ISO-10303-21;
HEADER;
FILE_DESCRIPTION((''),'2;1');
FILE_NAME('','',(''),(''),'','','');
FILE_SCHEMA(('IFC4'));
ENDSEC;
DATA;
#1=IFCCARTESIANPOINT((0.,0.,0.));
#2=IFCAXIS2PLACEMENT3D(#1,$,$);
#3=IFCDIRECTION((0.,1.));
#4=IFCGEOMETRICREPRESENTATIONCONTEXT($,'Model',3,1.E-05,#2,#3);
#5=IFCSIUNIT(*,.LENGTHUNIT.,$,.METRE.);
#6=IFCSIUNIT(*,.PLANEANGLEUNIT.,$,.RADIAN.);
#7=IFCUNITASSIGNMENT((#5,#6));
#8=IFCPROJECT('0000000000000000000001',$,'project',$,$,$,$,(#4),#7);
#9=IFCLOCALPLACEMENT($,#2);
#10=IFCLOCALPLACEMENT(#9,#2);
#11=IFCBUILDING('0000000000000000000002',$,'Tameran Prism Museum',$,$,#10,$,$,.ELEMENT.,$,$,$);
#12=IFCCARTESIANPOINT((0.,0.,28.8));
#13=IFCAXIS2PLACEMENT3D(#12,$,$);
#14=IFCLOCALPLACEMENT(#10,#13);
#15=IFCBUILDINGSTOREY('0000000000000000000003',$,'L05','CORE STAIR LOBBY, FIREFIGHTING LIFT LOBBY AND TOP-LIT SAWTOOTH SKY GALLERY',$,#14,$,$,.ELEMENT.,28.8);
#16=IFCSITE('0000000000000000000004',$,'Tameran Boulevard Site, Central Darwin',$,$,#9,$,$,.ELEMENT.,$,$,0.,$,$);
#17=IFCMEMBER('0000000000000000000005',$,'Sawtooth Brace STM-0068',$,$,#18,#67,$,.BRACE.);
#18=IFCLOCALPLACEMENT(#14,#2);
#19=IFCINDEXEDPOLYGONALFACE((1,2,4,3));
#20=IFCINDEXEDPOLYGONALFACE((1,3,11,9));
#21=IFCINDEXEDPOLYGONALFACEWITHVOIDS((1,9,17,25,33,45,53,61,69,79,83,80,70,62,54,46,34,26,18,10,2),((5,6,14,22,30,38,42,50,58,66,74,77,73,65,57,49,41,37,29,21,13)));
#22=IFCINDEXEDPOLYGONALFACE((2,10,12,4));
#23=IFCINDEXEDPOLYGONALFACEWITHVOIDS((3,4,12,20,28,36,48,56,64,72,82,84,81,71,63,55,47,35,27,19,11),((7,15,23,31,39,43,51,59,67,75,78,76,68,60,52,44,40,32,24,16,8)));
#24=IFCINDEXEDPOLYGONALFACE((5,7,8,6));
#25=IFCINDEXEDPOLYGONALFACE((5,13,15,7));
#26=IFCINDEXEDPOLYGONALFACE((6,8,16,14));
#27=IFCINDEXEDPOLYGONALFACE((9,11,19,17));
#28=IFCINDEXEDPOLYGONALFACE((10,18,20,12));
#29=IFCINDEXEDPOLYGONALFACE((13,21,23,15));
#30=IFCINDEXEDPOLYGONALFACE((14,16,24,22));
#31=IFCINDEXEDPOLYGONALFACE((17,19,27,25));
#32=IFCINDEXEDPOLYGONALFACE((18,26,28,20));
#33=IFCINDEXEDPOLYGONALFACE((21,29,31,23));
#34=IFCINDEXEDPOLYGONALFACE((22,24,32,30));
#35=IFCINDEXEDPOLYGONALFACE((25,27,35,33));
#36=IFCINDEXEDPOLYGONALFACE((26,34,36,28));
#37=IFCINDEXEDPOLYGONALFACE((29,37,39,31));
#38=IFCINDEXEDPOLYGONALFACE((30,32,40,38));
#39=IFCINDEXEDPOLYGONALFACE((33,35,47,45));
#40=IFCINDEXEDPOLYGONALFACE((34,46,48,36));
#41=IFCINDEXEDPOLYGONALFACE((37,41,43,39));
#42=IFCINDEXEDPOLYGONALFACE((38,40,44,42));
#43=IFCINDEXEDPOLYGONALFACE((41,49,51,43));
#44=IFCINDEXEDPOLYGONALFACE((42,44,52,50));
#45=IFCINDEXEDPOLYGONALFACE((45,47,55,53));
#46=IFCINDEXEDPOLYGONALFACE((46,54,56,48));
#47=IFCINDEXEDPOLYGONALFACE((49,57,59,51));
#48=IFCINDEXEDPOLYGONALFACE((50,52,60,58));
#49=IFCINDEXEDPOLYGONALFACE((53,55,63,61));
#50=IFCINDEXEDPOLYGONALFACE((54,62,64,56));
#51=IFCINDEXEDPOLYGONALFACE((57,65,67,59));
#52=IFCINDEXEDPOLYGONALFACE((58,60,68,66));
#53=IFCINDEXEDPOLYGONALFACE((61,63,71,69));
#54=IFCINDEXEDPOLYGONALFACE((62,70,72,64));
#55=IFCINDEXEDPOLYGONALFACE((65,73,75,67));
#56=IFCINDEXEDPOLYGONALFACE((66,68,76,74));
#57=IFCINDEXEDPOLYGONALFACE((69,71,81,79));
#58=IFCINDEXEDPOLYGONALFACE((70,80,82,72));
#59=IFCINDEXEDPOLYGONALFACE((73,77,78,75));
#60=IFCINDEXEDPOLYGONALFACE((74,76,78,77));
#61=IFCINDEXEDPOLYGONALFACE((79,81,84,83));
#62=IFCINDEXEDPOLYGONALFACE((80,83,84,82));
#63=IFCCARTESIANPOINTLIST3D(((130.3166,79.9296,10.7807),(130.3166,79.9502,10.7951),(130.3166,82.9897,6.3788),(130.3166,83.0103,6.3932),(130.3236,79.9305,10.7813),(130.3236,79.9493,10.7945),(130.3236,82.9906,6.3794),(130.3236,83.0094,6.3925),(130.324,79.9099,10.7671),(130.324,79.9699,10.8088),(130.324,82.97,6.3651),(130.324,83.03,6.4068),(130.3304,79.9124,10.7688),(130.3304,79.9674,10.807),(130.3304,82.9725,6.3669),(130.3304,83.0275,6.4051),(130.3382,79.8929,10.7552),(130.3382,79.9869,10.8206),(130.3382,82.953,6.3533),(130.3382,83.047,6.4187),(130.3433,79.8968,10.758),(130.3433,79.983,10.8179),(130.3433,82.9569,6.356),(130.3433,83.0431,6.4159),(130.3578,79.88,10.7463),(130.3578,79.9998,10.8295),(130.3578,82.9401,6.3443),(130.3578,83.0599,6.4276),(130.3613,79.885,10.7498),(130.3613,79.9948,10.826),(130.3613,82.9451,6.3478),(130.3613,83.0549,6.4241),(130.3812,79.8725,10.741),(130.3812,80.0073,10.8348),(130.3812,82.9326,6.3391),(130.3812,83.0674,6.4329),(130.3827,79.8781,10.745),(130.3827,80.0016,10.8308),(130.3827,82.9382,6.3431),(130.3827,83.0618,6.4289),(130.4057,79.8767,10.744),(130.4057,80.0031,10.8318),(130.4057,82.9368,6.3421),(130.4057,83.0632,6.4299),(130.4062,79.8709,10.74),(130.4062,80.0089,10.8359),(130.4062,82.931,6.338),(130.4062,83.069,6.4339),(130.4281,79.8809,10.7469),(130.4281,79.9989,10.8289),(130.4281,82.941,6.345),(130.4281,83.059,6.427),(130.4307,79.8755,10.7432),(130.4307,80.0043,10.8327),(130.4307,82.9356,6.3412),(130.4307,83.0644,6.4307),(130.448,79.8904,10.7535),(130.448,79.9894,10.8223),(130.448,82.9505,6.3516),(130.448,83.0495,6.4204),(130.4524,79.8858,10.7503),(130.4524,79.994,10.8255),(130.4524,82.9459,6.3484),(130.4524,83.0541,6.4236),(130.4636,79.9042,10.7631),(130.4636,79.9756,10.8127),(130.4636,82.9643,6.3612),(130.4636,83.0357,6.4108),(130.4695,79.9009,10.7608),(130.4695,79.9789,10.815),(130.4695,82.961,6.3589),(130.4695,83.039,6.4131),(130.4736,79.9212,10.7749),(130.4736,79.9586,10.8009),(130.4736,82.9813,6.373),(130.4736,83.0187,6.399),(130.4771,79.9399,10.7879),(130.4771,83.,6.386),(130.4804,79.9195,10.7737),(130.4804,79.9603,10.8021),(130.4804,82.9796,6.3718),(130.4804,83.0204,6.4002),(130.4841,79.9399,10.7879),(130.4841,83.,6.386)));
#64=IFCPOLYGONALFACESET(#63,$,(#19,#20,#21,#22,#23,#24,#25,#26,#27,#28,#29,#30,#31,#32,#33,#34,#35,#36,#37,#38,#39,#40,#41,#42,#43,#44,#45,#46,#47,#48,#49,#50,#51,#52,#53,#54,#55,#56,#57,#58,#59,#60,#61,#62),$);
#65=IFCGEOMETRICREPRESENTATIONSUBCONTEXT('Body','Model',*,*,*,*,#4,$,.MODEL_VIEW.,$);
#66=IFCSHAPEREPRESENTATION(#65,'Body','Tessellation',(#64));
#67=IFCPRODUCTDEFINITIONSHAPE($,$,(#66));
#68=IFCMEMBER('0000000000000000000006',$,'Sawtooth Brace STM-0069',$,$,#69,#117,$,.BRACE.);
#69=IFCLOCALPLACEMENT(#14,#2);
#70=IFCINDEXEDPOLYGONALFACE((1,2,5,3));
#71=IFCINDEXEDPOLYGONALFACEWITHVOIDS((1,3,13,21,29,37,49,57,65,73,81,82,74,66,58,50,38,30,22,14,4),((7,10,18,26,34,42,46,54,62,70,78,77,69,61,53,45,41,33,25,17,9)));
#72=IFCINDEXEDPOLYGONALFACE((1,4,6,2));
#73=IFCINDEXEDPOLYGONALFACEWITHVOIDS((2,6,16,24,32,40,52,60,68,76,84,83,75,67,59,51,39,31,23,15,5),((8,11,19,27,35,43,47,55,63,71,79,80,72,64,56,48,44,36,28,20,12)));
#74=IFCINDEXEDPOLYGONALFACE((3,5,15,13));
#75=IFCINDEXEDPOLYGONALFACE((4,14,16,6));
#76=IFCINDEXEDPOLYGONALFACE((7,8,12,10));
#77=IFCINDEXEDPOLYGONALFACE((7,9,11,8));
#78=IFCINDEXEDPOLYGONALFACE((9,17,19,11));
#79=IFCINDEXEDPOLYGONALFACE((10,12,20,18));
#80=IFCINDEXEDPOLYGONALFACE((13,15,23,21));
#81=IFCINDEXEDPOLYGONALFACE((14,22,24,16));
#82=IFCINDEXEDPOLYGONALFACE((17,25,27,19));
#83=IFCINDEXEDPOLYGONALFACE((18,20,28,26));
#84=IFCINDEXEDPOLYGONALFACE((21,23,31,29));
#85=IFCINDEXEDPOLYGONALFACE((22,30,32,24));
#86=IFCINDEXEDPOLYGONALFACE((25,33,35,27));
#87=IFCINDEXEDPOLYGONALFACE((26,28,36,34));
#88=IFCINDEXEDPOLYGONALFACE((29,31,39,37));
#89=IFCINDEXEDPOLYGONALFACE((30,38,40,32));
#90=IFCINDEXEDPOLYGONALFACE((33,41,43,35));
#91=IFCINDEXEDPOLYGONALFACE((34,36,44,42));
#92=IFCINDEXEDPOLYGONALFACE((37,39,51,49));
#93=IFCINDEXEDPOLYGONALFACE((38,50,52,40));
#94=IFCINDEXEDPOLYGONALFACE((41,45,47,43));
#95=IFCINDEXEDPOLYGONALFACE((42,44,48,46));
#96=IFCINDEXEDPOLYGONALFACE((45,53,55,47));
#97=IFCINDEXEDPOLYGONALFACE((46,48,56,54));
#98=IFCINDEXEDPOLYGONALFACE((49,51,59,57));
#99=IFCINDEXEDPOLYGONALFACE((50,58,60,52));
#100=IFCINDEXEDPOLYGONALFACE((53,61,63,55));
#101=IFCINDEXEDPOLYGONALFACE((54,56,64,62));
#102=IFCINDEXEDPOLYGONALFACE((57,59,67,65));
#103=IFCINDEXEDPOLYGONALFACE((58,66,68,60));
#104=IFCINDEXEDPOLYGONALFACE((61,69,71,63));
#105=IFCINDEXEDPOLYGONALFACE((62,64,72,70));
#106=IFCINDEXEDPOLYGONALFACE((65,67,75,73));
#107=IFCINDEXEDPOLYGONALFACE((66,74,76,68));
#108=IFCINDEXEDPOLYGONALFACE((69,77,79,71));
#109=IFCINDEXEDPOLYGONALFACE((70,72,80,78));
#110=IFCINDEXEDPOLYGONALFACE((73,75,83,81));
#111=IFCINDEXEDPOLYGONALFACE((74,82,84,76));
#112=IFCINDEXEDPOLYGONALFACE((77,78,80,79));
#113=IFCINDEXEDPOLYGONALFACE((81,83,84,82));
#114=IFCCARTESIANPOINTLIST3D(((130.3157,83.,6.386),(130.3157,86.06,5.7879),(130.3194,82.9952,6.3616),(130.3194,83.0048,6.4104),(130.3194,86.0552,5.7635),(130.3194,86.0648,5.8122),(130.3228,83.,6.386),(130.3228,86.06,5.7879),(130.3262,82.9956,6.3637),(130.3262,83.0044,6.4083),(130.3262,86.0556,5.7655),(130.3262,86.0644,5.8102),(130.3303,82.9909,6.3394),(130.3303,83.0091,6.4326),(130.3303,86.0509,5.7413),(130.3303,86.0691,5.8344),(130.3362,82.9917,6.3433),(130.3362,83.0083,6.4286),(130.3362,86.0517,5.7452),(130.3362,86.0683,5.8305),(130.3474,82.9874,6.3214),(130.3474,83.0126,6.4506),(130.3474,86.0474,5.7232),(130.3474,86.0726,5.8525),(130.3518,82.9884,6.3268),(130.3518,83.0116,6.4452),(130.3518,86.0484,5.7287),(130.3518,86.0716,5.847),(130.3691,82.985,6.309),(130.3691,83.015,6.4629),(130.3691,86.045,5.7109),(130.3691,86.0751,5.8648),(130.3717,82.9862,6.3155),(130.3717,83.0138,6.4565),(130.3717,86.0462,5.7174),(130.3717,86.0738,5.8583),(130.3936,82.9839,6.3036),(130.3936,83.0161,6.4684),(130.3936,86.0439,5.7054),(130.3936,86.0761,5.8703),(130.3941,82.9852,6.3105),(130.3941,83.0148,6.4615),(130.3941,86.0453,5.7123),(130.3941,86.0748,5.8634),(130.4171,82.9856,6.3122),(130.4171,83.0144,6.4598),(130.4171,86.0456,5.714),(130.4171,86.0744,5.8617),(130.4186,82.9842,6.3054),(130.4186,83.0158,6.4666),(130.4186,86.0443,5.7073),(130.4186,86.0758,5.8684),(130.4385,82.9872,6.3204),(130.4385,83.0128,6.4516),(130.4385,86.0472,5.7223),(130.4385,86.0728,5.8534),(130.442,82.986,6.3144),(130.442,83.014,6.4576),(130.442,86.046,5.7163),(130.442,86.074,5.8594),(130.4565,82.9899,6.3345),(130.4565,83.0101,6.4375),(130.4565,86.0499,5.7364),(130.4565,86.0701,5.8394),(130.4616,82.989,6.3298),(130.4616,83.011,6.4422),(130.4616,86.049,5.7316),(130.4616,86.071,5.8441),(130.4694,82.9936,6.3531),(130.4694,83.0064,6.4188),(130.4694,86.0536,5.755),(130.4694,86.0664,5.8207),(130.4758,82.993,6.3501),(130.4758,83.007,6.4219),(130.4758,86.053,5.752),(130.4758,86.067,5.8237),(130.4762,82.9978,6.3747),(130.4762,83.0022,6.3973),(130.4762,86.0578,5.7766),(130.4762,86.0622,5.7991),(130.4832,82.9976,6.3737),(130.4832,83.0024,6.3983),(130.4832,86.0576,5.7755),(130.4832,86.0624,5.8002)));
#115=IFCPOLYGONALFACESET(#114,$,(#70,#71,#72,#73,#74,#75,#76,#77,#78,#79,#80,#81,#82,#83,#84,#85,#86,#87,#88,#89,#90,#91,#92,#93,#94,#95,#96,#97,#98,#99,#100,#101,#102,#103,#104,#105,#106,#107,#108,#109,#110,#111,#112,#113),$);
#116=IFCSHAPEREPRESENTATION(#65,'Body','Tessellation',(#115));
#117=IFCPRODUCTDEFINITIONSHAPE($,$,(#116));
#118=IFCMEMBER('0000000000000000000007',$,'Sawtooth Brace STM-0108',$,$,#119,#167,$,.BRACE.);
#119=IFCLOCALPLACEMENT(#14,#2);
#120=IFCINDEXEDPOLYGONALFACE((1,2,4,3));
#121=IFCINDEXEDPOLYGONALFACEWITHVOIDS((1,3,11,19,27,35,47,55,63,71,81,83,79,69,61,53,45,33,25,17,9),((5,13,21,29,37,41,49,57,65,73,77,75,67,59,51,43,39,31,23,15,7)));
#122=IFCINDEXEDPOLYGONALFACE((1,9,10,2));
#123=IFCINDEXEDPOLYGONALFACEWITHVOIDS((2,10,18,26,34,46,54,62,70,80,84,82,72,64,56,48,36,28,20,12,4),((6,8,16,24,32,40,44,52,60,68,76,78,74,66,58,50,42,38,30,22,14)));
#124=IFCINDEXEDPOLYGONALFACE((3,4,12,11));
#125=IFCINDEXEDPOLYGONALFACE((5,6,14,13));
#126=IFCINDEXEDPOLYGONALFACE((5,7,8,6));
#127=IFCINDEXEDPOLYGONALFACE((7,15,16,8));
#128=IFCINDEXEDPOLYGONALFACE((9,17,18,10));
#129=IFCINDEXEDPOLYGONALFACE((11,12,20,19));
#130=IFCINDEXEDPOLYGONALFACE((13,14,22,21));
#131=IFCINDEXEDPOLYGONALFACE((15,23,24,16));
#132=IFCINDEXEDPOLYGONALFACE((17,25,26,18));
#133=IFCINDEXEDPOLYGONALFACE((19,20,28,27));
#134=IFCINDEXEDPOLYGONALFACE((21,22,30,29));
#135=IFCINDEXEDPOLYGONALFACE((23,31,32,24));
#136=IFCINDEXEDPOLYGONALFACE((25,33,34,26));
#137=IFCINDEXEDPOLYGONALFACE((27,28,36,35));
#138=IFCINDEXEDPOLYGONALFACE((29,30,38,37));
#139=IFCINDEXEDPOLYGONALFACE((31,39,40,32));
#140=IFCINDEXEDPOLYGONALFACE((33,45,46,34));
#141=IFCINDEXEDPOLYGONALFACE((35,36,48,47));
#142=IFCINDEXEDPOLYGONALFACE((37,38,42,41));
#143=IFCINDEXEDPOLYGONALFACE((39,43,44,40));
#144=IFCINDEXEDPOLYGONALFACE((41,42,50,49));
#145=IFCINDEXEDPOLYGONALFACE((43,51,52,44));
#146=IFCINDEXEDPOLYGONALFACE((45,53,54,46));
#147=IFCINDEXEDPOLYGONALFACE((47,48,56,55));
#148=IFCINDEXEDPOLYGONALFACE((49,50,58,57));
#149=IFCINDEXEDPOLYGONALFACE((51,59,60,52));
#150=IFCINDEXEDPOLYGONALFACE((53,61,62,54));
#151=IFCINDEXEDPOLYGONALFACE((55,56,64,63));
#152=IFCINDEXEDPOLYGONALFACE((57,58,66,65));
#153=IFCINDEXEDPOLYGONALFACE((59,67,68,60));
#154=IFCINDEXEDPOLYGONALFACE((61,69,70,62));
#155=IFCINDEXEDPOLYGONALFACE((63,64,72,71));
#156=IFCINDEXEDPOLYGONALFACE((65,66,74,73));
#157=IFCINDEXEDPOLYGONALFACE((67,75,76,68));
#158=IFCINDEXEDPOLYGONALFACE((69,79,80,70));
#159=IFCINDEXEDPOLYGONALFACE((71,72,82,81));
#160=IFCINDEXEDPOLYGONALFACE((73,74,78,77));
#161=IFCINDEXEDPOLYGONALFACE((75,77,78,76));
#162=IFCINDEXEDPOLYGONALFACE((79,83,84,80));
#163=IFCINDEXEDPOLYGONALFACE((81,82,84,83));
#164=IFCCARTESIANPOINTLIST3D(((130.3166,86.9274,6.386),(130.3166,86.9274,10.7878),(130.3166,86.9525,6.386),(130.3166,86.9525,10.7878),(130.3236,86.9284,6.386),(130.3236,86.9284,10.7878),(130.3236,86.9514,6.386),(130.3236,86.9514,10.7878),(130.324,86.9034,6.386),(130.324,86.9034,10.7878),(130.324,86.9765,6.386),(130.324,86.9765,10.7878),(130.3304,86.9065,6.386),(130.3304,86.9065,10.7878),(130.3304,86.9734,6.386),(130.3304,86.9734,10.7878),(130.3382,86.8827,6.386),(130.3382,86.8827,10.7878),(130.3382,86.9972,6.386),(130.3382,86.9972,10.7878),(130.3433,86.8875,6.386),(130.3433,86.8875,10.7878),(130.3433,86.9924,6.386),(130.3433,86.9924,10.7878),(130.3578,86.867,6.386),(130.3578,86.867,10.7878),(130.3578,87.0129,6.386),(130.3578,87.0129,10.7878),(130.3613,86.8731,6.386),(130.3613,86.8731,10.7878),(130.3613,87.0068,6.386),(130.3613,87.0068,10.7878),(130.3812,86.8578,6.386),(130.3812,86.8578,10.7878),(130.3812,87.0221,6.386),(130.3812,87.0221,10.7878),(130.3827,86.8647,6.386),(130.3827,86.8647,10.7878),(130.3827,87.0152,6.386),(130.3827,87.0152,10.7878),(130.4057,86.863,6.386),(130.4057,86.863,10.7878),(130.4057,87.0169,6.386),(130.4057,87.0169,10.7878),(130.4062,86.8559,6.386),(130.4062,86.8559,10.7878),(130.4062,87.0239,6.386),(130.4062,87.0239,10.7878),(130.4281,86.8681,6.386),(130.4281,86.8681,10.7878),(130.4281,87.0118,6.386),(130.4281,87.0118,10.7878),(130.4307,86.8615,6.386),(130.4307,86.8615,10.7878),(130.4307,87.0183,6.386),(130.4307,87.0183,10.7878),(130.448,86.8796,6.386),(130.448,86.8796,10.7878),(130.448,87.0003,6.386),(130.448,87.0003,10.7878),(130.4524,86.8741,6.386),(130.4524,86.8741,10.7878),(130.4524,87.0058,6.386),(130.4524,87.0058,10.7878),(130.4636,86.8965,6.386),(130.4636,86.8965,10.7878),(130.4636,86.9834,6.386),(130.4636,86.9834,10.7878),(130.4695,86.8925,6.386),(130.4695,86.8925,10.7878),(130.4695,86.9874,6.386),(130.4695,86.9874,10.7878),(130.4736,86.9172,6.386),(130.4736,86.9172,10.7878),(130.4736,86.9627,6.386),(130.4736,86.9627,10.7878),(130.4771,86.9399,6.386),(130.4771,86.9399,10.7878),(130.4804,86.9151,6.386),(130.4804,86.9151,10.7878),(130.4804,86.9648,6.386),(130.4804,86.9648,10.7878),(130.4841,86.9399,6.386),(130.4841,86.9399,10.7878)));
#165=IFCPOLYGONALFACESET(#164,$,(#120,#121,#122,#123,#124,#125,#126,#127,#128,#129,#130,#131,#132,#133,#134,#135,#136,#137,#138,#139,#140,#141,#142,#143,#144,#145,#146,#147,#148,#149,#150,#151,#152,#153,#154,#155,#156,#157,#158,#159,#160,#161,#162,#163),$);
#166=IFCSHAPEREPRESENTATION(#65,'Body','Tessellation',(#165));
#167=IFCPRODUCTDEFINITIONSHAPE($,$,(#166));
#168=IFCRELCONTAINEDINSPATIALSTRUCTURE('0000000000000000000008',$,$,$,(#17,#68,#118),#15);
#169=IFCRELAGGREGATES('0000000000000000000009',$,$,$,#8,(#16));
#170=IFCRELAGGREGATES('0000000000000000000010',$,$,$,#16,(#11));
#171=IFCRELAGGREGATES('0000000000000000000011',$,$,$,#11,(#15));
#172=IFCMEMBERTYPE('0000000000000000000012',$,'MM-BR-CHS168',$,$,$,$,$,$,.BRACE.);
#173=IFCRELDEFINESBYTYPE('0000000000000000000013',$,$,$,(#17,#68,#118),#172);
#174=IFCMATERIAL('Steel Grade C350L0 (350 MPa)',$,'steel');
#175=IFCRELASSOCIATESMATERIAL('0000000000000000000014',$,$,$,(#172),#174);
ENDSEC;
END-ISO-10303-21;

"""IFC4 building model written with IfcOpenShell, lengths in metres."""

from ifc_helpers import new_model, si_unit, direction, frame, origin, origin_2d, place, context, subcontext, project, spatial, hollow_circle, extrude, material, material_profile, profile_set, type_object, element, save


model = new_model("IFC4")

# Units and contexts
model_context = context("Model", 3, precision=1e-05, world=origin(), true_north=direction((0.0, 1.0)))
body_context = subcontext(model_context, "Body", "Model", "MODEL_VIEW")
ifc_project = project(units=[si_unit("LENGTHUNIT", "METRE"), si_unit("PLANEANGLEUNIT", "RADIAN")], contexts=[model_context])

# Site, building, storey
site_placement = place(None, origin())
site = spatial("IfcSite", under=ifc_project, at=site_placement, Name="Tameran Boulevard Site, Central Darwin", CompositionType="ELEMENT", RefElevation=0.0)
building_placement = place(site_placement, origin())
building = spatial("IfcBuilding", under=site, at=building_placement, Name="Tameran Prism Museum", CompositionType="ELEMENT")
storey_placement = place(building_placement, frame((0.0, 0.0, 28.8)))
storey = spatial("IfcBuildingStorey", under=building, at=storey_placement, Name="L05", Description="CORE STAIR LOBBY, FIREFIGHTING LIFT LOBBY AND TOP-LIT SAWTOOTH SKY GALLERY", CompositionType="ELEMENT", Elevation=28.8)

# Members
ifc_material_1 = material(Name="Steel Grade C350L0 (350 MPa)", Category="steel")
ifc_material_profile_1 = material_profile(ifc_material_1, hollow_circle(Radius=0.0842, WallThickness=0.0071, at=origin_2d()))
ifc_profile_set_1 = profile_set([ifc_material_profile_1])
member_type_1 = type_object("IfcMemberType", Name="MM-BR-CHS168", PredefinedType="BRACE", material=ifc_profile_set_1)
member_1_placement = place(storey_placement, frame((130.3999, 83.0, 6.386), z_axis=(0.0, -0.5708, 0.821089), x_axis=(1.0, 0.0, 0.0)))
element("IfcMember", 1, at=member_1_placement, inside=storey, type_object=member_type_1, Name="Sawtooth Brace STM-0068", PredefinedType="BRACE", context=body_context, shape_type="SweptSolid", body=[
    extrude(hollow_circle(Radius=0.0842, WallThickness=0.0071, at=origin_2d()), origin(), (0.0, 0.0, 1.0), 5.3611),
])
member_2_placement = place(storey_placement, frame((130.3999, 83.0, 6.386), z_axis=(0.0, 0.981427, -0.191838), x_axis=(-1.0, 0.0, 0.0)))
element("IfcMember", 2, at=member_2_placement, inside=storey, type_object=member_type_1, Name="Sawtooth Brace STM-0069", PredefinedType="BRACE", context=body_context, shape_type="SweptSolid", body=[
    extrude(hollow_circle(Radius=0.0842, WallThickness=0.0071, at=origin_2d()), origin(), (0.0, 0.0, 1.0), 3.1179),
])
member_3_placement = place(storey_placement, frame((130.3999, 86.9399, 6.386), z_axis=(0.0, 0.0, 1.0), x_axis=(1.0, 0.0, 0.0)))
element("IfcMember", 3, at=member_3_placement, inside=storey, type_object=member_type_1, Name="Sawtooth Brace STM-0108", PredefinedType="BRACE", context=body_context, shape_type="SweptSolid", body=[
    extrude(hollow_circle(Radius=0.0842, WallThickness=0.0071, at=origin_2d()), origin(), (0.0, 0.0, 1.0), 4.4019),
])

save(model, "model.ifc")
